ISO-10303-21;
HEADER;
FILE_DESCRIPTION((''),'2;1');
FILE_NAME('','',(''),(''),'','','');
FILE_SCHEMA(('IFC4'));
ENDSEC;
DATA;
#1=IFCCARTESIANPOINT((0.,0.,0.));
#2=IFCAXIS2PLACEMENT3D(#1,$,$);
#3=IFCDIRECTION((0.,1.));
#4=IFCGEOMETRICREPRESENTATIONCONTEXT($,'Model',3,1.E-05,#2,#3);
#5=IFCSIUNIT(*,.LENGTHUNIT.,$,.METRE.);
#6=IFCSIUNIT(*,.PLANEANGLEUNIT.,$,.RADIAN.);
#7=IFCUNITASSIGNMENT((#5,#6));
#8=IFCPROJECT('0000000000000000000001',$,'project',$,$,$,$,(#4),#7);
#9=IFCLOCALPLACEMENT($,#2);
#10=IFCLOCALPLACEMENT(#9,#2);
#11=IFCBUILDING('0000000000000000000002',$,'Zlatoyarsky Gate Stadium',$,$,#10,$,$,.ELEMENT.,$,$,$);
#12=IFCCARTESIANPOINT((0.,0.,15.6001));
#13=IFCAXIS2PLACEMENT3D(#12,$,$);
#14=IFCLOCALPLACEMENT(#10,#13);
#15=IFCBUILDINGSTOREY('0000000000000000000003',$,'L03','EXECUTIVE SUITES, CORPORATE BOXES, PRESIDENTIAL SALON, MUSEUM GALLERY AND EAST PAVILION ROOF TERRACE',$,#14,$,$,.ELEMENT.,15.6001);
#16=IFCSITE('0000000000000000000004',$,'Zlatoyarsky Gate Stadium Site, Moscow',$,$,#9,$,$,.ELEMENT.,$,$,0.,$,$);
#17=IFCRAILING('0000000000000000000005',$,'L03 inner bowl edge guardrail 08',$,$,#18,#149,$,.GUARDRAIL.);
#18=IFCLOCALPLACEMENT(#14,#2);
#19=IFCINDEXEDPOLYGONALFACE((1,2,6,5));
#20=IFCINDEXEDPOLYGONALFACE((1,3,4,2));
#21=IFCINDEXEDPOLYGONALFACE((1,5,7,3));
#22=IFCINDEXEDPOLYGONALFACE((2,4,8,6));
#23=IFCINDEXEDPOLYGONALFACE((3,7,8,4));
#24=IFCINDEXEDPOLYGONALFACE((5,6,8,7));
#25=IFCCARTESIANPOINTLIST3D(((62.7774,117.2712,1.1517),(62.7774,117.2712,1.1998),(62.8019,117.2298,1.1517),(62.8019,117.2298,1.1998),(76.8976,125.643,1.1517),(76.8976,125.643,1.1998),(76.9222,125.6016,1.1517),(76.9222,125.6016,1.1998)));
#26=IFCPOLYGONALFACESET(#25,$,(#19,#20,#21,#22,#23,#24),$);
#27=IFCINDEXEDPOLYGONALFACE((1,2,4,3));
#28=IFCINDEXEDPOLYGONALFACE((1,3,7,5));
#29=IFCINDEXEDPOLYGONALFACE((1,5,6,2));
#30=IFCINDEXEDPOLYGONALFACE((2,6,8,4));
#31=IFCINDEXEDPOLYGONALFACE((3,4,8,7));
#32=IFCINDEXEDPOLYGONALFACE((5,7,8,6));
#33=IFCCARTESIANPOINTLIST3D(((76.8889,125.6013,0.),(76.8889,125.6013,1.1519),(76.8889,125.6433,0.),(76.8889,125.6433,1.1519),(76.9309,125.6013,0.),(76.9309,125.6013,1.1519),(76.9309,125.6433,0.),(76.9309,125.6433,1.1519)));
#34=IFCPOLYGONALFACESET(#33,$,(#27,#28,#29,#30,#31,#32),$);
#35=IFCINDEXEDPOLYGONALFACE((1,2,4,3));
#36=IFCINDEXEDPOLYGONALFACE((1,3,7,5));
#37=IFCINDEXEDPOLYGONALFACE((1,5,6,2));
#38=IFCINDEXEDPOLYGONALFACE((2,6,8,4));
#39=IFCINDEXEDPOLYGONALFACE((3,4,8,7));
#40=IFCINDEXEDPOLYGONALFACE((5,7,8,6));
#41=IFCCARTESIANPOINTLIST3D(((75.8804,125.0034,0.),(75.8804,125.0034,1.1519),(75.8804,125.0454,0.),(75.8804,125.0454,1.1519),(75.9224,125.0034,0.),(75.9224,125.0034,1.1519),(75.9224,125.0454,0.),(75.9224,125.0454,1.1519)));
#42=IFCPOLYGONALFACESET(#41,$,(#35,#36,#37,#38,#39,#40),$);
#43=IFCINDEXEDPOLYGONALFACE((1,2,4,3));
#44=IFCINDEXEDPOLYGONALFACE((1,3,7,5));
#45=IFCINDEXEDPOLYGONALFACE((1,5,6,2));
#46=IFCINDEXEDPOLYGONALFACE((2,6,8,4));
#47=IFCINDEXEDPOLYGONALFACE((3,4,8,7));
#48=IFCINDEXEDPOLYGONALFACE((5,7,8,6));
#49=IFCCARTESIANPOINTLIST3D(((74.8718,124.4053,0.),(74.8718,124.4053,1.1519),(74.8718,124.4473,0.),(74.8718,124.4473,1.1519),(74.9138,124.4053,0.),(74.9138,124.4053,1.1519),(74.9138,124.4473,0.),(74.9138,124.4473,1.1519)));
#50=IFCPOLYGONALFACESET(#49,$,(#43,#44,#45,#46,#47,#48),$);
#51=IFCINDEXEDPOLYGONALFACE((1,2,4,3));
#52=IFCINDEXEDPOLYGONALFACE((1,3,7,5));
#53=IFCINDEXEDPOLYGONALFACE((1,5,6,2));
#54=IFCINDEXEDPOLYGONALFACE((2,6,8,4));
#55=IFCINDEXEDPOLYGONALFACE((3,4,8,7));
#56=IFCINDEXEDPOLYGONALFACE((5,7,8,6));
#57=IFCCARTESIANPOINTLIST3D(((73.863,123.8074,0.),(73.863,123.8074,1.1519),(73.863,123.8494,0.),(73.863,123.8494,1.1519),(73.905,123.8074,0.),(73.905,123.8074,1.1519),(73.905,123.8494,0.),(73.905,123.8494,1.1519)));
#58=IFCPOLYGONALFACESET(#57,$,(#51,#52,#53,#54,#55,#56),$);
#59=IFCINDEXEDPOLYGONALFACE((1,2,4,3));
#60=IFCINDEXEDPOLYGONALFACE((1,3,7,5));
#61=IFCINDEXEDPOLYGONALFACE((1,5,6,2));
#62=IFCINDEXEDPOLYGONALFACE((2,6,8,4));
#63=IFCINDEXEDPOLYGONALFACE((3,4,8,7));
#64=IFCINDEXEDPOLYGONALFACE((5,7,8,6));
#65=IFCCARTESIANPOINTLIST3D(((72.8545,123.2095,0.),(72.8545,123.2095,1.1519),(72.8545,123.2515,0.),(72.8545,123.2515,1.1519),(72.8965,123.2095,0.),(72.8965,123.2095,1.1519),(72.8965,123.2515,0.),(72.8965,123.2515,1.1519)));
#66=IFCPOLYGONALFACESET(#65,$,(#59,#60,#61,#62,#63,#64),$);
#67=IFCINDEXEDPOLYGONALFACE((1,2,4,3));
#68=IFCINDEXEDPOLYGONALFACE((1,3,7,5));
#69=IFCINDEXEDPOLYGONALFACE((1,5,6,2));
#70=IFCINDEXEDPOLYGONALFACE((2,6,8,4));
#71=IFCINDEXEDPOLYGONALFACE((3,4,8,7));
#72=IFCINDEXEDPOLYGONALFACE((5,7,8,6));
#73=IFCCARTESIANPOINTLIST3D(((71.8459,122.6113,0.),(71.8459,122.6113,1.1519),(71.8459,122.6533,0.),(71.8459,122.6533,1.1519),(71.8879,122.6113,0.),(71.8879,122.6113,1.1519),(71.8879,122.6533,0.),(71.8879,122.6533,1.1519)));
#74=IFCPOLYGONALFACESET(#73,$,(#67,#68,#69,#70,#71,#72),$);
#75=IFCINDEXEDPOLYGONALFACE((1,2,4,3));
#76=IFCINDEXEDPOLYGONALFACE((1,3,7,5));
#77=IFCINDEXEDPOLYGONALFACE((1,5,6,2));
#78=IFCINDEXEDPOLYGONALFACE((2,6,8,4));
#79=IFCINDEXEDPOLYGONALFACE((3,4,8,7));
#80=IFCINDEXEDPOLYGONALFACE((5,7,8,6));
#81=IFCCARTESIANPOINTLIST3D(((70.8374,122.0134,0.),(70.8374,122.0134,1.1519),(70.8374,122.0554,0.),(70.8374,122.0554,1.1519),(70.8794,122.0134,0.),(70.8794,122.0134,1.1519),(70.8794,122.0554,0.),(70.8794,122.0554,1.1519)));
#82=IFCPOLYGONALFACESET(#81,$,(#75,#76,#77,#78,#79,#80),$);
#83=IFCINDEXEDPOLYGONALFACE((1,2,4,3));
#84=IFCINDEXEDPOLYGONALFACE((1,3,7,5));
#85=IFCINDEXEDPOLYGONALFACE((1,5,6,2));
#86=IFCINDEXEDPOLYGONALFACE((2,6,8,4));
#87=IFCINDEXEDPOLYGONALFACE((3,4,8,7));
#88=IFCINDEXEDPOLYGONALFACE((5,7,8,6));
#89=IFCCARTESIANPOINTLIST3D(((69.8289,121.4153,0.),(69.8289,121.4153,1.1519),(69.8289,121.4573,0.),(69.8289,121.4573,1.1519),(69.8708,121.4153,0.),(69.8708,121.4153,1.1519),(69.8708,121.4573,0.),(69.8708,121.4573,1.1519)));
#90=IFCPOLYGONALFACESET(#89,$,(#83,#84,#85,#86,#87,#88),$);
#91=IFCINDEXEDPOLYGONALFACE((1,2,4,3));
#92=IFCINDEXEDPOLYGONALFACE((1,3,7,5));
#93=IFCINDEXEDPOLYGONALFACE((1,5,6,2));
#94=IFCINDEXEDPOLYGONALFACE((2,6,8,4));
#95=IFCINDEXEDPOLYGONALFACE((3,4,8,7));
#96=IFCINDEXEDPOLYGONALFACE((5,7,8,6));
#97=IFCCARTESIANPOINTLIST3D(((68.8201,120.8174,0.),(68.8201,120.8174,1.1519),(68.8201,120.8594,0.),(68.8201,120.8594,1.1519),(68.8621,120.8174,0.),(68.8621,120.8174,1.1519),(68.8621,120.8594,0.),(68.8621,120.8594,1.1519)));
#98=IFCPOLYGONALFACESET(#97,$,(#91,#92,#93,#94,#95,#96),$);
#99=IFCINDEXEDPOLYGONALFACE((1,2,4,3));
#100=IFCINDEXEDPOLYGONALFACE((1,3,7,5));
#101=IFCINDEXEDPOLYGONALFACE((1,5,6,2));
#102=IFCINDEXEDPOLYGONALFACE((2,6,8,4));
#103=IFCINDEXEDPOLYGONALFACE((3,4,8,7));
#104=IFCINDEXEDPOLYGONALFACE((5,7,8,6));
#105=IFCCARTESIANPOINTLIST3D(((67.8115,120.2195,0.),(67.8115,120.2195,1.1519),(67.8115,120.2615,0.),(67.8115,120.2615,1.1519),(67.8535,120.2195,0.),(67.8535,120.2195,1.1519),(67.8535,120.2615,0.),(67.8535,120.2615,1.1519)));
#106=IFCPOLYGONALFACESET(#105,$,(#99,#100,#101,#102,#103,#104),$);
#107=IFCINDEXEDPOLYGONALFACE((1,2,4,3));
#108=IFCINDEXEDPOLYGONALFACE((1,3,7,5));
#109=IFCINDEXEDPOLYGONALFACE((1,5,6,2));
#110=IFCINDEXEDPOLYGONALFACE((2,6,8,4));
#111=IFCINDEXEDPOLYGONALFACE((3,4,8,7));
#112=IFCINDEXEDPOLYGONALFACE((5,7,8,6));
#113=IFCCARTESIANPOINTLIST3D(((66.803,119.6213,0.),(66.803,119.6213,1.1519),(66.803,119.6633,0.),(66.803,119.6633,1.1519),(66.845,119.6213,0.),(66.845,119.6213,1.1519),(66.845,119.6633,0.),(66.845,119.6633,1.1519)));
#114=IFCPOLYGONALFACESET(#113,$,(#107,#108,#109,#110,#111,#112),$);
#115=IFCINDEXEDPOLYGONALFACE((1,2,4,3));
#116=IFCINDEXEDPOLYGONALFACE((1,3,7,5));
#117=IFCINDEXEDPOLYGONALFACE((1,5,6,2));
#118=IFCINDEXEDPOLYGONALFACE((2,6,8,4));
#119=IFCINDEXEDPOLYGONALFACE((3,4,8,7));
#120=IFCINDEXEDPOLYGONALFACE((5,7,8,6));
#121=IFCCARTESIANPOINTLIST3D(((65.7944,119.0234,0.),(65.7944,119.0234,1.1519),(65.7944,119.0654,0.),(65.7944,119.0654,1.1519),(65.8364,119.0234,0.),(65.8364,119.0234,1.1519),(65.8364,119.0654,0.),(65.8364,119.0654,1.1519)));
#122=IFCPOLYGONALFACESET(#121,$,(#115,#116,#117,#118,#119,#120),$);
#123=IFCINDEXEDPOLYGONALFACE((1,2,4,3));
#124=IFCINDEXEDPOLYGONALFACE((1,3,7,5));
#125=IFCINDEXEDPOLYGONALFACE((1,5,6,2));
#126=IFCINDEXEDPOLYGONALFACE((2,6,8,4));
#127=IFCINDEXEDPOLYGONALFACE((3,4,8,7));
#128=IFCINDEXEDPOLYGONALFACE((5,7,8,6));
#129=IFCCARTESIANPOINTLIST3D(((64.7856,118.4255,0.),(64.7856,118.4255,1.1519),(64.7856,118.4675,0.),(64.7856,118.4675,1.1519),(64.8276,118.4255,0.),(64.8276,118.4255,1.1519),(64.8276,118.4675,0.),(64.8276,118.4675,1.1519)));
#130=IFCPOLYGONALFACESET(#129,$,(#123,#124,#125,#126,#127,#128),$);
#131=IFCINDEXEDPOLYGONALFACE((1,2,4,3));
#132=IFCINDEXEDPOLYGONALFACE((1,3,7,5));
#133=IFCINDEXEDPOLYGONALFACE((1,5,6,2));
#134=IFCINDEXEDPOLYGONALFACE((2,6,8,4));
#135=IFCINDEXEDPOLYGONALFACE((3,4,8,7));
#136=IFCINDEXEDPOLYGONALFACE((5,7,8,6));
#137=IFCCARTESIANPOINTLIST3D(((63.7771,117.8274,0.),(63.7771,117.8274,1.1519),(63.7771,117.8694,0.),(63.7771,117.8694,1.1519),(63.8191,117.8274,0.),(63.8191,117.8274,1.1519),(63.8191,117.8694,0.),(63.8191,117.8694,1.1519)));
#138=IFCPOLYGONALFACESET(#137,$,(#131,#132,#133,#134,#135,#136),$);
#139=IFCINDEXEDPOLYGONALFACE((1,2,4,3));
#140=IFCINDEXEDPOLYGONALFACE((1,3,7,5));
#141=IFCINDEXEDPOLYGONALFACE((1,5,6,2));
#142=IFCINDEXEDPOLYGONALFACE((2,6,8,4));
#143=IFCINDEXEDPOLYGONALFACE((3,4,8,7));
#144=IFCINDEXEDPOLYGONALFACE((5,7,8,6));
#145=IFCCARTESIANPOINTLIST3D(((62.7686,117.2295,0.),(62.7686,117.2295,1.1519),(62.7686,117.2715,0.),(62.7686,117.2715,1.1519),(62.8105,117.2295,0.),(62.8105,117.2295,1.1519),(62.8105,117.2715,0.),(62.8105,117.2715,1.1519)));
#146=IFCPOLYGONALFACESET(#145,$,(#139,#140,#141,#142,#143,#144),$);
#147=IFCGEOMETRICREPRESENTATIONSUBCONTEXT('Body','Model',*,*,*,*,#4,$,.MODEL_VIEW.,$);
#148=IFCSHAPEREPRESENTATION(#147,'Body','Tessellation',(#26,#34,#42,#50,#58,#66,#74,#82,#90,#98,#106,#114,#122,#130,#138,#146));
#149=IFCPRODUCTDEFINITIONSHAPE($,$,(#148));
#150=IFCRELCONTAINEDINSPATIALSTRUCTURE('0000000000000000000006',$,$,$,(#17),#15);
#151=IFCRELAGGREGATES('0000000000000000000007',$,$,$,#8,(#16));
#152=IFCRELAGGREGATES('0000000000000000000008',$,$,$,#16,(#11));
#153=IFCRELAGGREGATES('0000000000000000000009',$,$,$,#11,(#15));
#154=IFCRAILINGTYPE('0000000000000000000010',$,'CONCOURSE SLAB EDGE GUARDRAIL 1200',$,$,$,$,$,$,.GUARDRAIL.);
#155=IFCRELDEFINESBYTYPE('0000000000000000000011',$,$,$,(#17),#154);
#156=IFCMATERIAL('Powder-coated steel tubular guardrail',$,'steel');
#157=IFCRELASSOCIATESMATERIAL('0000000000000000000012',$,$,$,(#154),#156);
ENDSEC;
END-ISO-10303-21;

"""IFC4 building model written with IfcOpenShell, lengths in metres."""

from ifc_helpers import new_model, si_unit, direction, frame, origin, origin_2d, place, context, subcontext, project, spatial, rectangle, extrude, material, type_object, element, save


model = new_model("IFC4")

# Units and contexts
model_context = context("Model", 3, precision=1e-05, world=origin(), true_north=direction((0.0, 1.0)))
body_context = subcontext(model_context, "Body", "Model", "MODEL_VIEW")
ifc_project = project(units=[si_unit("LENGTHUNIT", "METRE"), si_unit("PLANEANGLEUNIT", "RADIAN")], contexts=[model_context])

# Site, building, storey
site_placement = place(None, origin())
site = spatial("IfcSite", under=ifc_project, at=site_placement, Name="Zlatoyarsky Gate Stadium Site, Moscow", CompositionType="ELEMENT", RefElevation=0.0)
building_placement = place(site_placement, origin())
building = spatial("IfcBuilding", under=site, at=building_placement, Name="Zlatoyarsky Gate Stadium", CompositionType="ELEMENT")
storey_placement = place(building_placement, frame((0.0, 0.0, 15.6001)))
storey = spatial("IfcBuildingStorey", under=building, at=storey_placement, Name="L03", Description="EXECUTIVE SUITES, CORPORATE BOXES, PRESIDENTIAL SALON, MUSEUM GALLERY AND EAST PAVILION ROOF TERRACE", CompositionType="ELEMENT", Elevation=15.6001)

# Railing
ifc_material_1 = material(Name="Powder-coated steel tubular guardrail", Category="steel")
railing_type = type_object("IfcRailingType", Name="CONCOURSE SLAB EDGE GUARDRAIL 1200", PredefinedType="GUARDRAIL", material=ifc_material_1)
railing_1_placement = place(storey_placement, frame((76.9099, 125.6223, 0.0)))
element("IfcRailing", 1, at=railing_1_placement, inside=storey, type_object=railing_type, Name="L03 inner bowl edge guardrail 08", PredefinedType="GUARDRAIL", context=body_context, shape_type="SweptSolid", body=[
    extrude(rectangle(XDim=0.0481, YDim=0.0481, at=origin_2d()), frame((0.0, 0.0, 1.1758), z_axis=(-0.860179, -0.509992, 0.0), x_axis=(0.509992, -0.860179, 0.0)), (0.0, 0.0, 1.0), 16.4155),
    extrude(rectangle(XDim=0.042, YDim=0.042, at=origin_2d()), origin(), (0.0, 0.0, 1.0), 1.1519),
    extrude(rectangle(XDim=0.042, YDim=0.042, at=origin_2d()), frame((-1.0085, -0.5979, 0.0)), (0.0, 0.0, 1.0), 1.1519),
    extrude(rectangle(XDim=0.042, YDim=0.042, at=origin_2d()), frame((-2.0171, -1.196, 0.0)), (0.0, 0.0, 1.0), 1.1519),
    extrude(rectangle(XDim=0.042, YDim=0.042, at=origin_2d()), frame((-3.0259, -1.7939, 0.0)), (0.0, 0.0, 1.0), 1.1519),
    extrude(rectangle(XDim=0.042, YDim=0.042, at=origin_2d()), frame((-4.0344, -2.3918, 0.0)), (0.0, 0.0, 1.0), 1.1519),
    extrude(rectangle(XDim=0.042, YDim=0.042, at=origin_2d()), frame((-5.043, -2.99, 0.0)), (0.0, 0.0, 1.0), 1.1519),
    extrude(rectangle(XDim=0.042, YDim=0.042, at=origin_2d()), frame((-6.0515, -3.5879, 0.0)), (0.0, 0.0, 1.0), 1.1519),
    extrude(rectangle(XDim=0.042, YDim=0.042, at=origin_2d()), frame((-7.0601, -4.186, 0.0)), (0.0, 0.0, 1.0), 1.1519),
    extrude(rectangle(XDim=0.042, YDim=0.042, at=origin_2d()), frame((-8.0688, -4.7839, 0.0)), (0.0, 0.0, 1.0), 1.1519),
    extrude(rectangle(XDim=0.042, YDim=0.042, at=origin_2d()), frame((-9.0774, -5.3818, 0.0)), (0.0, 0.0, 1.0), 1.1519),
    extrude(rectangle(XDim=0.042, YDim=0.042, at=origin_2d()), frame((-10.0859, -5.98, 0.0)), (0.0, 0.0, 1.0), 1.1519),
    extrude(rectangle(XDim=0.042, YDim=0.042, at=origin_2d()), frame((-11.0945, -6.5779, 0.0)), (0.0, 0.0, 1.0), 1.1519),
    extrude(rectangle(XDim=0.042, YDim=0.042, at=origin_2d()), frame((-12.1033, -7.1758, 0.0)), (0.0, 0.0, 1.0), 1.1519),
    extrude(rectangle(XDim=0.042, YDim=0.042, at=origin_2d()), frame((-13.1118, -7.7739, 0.0)), (0.0, 0.0, 1.0), 1.1519),
    extrude(rectangle(XDim=0.042, YDim=0.042, at=origin_2d()), frame((-14.1204, -8.3718, 0.0)), (0.0, 0.0, 1.0), 1.1519),
])

save(model, "model.ifc")
